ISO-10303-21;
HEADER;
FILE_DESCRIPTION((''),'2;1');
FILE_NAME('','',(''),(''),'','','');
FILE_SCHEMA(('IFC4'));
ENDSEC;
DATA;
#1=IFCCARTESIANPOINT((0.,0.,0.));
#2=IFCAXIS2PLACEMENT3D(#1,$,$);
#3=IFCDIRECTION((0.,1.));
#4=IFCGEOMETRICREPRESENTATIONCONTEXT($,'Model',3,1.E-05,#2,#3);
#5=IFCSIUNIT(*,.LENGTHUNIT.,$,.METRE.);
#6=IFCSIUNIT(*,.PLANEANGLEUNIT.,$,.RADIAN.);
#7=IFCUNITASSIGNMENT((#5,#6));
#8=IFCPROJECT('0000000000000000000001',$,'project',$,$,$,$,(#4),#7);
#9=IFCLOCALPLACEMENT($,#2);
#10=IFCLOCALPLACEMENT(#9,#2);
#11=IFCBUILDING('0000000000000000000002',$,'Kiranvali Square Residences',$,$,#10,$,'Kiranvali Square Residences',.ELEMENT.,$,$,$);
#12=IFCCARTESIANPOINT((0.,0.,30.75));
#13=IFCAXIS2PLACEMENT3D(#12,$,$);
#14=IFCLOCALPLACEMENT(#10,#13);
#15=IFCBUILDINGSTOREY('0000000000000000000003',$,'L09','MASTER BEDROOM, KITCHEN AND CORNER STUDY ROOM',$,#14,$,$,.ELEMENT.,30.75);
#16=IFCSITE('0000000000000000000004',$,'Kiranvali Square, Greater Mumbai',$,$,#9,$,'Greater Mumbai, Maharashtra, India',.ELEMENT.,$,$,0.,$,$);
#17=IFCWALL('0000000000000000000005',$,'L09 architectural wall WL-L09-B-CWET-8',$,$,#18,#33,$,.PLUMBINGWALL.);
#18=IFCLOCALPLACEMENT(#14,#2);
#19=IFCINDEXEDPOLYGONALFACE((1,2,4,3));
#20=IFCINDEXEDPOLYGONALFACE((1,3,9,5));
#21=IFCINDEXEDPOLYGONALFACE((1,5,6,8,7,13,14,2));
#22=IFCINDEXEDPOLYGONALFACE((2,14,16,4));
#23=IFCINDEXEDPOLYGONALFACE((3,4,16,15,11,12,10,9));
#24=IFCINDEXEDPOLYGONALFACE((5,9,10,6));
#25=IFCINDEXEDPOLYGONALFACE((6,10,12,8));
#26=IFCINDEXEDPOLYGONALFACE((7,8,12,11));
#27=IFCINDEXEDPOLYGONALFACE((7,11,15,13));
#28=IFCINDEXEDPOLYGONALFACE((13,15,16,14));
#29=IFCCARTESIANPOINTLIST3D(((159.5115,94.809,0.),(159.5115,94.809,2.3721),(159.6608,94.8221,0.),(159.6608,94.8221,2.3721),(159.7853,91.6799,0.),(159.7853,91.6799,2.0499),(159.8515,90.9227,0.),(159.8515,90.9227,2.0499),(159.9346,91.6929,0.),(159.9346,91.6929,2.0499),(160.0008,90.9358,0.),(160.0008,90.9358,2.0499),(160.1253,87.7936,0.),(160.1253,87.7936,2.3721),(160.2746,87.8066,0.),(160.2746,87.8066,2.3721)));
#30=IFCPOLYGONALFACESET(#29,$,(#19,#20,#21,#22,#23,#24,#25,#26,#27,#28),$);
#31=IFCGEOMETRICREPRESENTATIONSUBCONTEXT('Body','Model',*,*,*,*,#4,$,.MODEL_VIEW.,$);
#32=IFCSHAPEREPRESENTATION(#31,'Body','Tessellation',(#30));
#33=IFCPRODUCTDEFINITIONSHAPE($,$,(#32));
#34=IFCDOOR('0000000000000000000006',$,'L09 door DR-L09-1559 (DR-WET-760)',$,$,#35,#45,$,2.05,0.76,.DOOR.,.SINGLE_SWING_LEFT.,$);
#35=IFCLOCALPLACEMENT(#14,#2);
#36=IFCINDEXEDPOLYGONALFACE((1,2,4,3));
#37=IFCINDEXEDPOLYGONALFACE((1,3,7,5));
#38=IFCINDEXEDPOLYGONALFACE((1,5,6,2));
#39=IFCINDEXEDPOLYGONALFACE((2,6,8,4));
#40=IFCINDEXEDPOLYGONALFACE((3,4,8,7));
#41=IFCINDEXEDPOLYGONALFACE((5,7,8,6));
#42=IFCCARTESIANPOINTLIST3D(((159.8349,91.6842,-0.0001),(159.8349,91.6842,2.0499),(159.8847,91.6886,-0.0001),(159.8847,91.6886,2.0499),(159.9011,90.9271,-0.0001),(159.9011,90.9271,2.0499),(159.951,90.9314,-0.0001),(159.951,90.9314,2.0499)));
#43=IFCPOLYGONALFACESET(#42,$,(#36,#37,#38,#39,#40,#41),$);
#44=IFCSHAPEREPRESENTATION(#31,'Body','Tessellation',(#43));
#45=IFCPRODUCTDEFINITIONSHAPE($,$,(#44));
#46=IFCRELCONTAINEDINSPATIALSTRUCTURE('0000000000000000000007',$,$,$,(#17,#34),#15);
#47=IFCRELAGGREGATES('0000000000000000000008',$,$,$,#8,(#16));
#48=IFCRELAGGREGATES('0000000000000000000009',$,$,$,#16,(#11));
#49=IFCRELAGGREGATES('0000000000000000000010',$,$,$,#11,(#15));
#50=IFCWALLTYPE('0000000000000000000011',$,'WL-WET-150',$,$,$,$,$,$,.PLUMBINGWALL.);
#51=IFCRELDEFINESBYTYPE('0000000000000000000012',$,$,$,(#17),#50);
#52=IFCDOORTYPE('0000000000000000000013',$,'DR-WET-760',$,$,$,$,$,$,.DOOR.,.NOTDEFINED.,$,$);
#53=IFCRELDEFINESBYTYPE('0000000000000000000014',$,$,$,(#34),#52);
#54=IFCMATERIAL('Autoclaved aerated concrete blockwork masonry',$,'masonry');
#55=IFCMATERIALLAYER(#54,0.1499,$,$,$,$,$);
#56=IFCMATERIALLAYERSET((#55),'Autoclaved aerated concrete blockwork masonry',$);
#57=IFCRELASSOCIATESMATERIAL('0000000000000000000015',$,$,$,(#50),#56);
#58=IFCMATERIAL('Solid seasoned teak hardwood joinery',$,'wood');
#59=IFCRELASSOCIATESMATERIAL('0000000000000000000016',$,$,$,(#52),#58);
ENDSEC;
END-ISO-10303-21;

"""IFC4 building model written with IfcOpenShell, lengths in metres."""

from ifc_helpers import new_model, si_unit, direction, frame, frame_2d, origin, place, context, subcontext, project, spatial, rectangle, extrude, material, layer, layer_set, type_object, element, fill, save


model = new_model("IFC4")

# Units and contexts
model_context = context("Model", 3, precision=1e-05, world=origin(), true_north=direction((0.0, 1.0)))
body_context = subcontext(model_context, "Body", "Model", "MODEL_VIEW")
ifc_project = project(units=[si_unit("LENGTHUNIT", "METRE"), si_unit("PLANEANGLEUNIT", "RADIAN")], contexts=[model_context])

# Site, building, storey
site_placement = place(None, origin())
site = spatial("IfcSite", under=ifc_project, at=site_placement, Name="Kiranvali Square, Greater Mumbai", LongName="Greater Mumbai, Maharashtra, India", CompositionType="ELEMENT", RefElevation=0.0)
building_placement = place(site_placement, origin())
building = spatial("IfcBuilding", under=site, at=building_placement, Name="Kiranvali Square Residences", LongName="Kiranvali Square Residences", CompositionType="ELEMENT")
storey_placement = place(building_placement, frame((0.0, 0.0, 30.75)))
storey = spatial("IfcBuildingStorey", under=building, at=storey_placement, Name="L09", Description="MASTER BEDROOM, KITCHEN AND CORNER STUDY ROOM", CompositionType="ELEMENT", Elevation=30.75)

# Wall, opening, door
ifc_material_1 = material(Name="Autoclaved aerated concrete blockwork masonry", Category="masonry")
ifc_layer_1 = layer(ifc_material_1, 0.1499)
ifc_layer_set_1 = layer_set([ifc_layer_1], Name="Autoclaved aerated concrete blockwork masonry")
wall_type_1 = type_object("IfcWallType", Name="WL-WET-150", PredefinedType="PLUMBINGWALL", material=ifc_layer_set_1)
wall_1_placement = place(storey_placement, frame((159.5862, 94.8154, 0.0), z_axis=(0.0, 0.0, 1.0), x_axis=(0.087156, -0.996195, 0.0)))
wall_1 = element("IfcWall", 1, at=wall_1_placement, inside=storey, type_object=wall_type_1, Name="L09 architectural wall WL-L09-B-CWET-8", PredefinedType="PLUMBINGWALL", context=body_context, shape_type="SweptSolid", body=[
    extrude(rectangle(XDim=7.0422, YDim=0.1499, at=frame_2d((3.521, 0.0))), origin(), (0.0, 0.0, 1.0), 2.3721),
])
opening_1_placement = place(wall_1_placement, frame((3.1411, 0.0, 0.0)))
opening_1 = element("IfcOpeningElement", 2, at=opening_1_placement, cuts=wall_1, PredefinedType="OPENING", context=body_context, shape_type="SweptSolid", body=[
    extrude(rectangle(XDim=0.76, YDim=2.05, at=frame_2d((0.3799, 1.0249))), frame((0.0, 0.085, 0.0), z_axis=(0.0, -1.0, 0.0), x_axis=(1.0, 0.0, 0.0)), (0.0, 0.0, 1.0), 0.1699),
])
ifc_material_2 = material(Name="Solid seasoned teak hardwood joinery", Category="wood")
door_type_1 = type_object("IfcDoorType", Name="DR-WET-760", OperationType="NOTDEFINED", PredefinedType="DOOR", material=ifc_material_2)
door_1_placement = place(opening_1_placement, origin())
door_1 = element("IfcDoor", 3, at=door_1_placement, inside=storey, type_object=door_type_1, Name="L09 door DR-L09-1559 (DR-WET-760)", OperationType="SINGLE_SWING_LEFT", OverallHeight=2.05, OverallWidth=0.76, PredefinedType="DOOR", context=body_context, shape_type="SweptSolid", body=[
    extrude(rectangle(XDim=0.76, YDim=2.05, at=frame_2d((0.3799, 1.0249))), frame((0.0, 0.0249, 0.0), z_axis=(0.0, -1.0, 0.0), x_axis=(1.0, 0.0, 0.0)), (0.0, 0.0, 1.0), 0.05),
])
fill(opening_1, door_1)

save(model, "model.ifc")
